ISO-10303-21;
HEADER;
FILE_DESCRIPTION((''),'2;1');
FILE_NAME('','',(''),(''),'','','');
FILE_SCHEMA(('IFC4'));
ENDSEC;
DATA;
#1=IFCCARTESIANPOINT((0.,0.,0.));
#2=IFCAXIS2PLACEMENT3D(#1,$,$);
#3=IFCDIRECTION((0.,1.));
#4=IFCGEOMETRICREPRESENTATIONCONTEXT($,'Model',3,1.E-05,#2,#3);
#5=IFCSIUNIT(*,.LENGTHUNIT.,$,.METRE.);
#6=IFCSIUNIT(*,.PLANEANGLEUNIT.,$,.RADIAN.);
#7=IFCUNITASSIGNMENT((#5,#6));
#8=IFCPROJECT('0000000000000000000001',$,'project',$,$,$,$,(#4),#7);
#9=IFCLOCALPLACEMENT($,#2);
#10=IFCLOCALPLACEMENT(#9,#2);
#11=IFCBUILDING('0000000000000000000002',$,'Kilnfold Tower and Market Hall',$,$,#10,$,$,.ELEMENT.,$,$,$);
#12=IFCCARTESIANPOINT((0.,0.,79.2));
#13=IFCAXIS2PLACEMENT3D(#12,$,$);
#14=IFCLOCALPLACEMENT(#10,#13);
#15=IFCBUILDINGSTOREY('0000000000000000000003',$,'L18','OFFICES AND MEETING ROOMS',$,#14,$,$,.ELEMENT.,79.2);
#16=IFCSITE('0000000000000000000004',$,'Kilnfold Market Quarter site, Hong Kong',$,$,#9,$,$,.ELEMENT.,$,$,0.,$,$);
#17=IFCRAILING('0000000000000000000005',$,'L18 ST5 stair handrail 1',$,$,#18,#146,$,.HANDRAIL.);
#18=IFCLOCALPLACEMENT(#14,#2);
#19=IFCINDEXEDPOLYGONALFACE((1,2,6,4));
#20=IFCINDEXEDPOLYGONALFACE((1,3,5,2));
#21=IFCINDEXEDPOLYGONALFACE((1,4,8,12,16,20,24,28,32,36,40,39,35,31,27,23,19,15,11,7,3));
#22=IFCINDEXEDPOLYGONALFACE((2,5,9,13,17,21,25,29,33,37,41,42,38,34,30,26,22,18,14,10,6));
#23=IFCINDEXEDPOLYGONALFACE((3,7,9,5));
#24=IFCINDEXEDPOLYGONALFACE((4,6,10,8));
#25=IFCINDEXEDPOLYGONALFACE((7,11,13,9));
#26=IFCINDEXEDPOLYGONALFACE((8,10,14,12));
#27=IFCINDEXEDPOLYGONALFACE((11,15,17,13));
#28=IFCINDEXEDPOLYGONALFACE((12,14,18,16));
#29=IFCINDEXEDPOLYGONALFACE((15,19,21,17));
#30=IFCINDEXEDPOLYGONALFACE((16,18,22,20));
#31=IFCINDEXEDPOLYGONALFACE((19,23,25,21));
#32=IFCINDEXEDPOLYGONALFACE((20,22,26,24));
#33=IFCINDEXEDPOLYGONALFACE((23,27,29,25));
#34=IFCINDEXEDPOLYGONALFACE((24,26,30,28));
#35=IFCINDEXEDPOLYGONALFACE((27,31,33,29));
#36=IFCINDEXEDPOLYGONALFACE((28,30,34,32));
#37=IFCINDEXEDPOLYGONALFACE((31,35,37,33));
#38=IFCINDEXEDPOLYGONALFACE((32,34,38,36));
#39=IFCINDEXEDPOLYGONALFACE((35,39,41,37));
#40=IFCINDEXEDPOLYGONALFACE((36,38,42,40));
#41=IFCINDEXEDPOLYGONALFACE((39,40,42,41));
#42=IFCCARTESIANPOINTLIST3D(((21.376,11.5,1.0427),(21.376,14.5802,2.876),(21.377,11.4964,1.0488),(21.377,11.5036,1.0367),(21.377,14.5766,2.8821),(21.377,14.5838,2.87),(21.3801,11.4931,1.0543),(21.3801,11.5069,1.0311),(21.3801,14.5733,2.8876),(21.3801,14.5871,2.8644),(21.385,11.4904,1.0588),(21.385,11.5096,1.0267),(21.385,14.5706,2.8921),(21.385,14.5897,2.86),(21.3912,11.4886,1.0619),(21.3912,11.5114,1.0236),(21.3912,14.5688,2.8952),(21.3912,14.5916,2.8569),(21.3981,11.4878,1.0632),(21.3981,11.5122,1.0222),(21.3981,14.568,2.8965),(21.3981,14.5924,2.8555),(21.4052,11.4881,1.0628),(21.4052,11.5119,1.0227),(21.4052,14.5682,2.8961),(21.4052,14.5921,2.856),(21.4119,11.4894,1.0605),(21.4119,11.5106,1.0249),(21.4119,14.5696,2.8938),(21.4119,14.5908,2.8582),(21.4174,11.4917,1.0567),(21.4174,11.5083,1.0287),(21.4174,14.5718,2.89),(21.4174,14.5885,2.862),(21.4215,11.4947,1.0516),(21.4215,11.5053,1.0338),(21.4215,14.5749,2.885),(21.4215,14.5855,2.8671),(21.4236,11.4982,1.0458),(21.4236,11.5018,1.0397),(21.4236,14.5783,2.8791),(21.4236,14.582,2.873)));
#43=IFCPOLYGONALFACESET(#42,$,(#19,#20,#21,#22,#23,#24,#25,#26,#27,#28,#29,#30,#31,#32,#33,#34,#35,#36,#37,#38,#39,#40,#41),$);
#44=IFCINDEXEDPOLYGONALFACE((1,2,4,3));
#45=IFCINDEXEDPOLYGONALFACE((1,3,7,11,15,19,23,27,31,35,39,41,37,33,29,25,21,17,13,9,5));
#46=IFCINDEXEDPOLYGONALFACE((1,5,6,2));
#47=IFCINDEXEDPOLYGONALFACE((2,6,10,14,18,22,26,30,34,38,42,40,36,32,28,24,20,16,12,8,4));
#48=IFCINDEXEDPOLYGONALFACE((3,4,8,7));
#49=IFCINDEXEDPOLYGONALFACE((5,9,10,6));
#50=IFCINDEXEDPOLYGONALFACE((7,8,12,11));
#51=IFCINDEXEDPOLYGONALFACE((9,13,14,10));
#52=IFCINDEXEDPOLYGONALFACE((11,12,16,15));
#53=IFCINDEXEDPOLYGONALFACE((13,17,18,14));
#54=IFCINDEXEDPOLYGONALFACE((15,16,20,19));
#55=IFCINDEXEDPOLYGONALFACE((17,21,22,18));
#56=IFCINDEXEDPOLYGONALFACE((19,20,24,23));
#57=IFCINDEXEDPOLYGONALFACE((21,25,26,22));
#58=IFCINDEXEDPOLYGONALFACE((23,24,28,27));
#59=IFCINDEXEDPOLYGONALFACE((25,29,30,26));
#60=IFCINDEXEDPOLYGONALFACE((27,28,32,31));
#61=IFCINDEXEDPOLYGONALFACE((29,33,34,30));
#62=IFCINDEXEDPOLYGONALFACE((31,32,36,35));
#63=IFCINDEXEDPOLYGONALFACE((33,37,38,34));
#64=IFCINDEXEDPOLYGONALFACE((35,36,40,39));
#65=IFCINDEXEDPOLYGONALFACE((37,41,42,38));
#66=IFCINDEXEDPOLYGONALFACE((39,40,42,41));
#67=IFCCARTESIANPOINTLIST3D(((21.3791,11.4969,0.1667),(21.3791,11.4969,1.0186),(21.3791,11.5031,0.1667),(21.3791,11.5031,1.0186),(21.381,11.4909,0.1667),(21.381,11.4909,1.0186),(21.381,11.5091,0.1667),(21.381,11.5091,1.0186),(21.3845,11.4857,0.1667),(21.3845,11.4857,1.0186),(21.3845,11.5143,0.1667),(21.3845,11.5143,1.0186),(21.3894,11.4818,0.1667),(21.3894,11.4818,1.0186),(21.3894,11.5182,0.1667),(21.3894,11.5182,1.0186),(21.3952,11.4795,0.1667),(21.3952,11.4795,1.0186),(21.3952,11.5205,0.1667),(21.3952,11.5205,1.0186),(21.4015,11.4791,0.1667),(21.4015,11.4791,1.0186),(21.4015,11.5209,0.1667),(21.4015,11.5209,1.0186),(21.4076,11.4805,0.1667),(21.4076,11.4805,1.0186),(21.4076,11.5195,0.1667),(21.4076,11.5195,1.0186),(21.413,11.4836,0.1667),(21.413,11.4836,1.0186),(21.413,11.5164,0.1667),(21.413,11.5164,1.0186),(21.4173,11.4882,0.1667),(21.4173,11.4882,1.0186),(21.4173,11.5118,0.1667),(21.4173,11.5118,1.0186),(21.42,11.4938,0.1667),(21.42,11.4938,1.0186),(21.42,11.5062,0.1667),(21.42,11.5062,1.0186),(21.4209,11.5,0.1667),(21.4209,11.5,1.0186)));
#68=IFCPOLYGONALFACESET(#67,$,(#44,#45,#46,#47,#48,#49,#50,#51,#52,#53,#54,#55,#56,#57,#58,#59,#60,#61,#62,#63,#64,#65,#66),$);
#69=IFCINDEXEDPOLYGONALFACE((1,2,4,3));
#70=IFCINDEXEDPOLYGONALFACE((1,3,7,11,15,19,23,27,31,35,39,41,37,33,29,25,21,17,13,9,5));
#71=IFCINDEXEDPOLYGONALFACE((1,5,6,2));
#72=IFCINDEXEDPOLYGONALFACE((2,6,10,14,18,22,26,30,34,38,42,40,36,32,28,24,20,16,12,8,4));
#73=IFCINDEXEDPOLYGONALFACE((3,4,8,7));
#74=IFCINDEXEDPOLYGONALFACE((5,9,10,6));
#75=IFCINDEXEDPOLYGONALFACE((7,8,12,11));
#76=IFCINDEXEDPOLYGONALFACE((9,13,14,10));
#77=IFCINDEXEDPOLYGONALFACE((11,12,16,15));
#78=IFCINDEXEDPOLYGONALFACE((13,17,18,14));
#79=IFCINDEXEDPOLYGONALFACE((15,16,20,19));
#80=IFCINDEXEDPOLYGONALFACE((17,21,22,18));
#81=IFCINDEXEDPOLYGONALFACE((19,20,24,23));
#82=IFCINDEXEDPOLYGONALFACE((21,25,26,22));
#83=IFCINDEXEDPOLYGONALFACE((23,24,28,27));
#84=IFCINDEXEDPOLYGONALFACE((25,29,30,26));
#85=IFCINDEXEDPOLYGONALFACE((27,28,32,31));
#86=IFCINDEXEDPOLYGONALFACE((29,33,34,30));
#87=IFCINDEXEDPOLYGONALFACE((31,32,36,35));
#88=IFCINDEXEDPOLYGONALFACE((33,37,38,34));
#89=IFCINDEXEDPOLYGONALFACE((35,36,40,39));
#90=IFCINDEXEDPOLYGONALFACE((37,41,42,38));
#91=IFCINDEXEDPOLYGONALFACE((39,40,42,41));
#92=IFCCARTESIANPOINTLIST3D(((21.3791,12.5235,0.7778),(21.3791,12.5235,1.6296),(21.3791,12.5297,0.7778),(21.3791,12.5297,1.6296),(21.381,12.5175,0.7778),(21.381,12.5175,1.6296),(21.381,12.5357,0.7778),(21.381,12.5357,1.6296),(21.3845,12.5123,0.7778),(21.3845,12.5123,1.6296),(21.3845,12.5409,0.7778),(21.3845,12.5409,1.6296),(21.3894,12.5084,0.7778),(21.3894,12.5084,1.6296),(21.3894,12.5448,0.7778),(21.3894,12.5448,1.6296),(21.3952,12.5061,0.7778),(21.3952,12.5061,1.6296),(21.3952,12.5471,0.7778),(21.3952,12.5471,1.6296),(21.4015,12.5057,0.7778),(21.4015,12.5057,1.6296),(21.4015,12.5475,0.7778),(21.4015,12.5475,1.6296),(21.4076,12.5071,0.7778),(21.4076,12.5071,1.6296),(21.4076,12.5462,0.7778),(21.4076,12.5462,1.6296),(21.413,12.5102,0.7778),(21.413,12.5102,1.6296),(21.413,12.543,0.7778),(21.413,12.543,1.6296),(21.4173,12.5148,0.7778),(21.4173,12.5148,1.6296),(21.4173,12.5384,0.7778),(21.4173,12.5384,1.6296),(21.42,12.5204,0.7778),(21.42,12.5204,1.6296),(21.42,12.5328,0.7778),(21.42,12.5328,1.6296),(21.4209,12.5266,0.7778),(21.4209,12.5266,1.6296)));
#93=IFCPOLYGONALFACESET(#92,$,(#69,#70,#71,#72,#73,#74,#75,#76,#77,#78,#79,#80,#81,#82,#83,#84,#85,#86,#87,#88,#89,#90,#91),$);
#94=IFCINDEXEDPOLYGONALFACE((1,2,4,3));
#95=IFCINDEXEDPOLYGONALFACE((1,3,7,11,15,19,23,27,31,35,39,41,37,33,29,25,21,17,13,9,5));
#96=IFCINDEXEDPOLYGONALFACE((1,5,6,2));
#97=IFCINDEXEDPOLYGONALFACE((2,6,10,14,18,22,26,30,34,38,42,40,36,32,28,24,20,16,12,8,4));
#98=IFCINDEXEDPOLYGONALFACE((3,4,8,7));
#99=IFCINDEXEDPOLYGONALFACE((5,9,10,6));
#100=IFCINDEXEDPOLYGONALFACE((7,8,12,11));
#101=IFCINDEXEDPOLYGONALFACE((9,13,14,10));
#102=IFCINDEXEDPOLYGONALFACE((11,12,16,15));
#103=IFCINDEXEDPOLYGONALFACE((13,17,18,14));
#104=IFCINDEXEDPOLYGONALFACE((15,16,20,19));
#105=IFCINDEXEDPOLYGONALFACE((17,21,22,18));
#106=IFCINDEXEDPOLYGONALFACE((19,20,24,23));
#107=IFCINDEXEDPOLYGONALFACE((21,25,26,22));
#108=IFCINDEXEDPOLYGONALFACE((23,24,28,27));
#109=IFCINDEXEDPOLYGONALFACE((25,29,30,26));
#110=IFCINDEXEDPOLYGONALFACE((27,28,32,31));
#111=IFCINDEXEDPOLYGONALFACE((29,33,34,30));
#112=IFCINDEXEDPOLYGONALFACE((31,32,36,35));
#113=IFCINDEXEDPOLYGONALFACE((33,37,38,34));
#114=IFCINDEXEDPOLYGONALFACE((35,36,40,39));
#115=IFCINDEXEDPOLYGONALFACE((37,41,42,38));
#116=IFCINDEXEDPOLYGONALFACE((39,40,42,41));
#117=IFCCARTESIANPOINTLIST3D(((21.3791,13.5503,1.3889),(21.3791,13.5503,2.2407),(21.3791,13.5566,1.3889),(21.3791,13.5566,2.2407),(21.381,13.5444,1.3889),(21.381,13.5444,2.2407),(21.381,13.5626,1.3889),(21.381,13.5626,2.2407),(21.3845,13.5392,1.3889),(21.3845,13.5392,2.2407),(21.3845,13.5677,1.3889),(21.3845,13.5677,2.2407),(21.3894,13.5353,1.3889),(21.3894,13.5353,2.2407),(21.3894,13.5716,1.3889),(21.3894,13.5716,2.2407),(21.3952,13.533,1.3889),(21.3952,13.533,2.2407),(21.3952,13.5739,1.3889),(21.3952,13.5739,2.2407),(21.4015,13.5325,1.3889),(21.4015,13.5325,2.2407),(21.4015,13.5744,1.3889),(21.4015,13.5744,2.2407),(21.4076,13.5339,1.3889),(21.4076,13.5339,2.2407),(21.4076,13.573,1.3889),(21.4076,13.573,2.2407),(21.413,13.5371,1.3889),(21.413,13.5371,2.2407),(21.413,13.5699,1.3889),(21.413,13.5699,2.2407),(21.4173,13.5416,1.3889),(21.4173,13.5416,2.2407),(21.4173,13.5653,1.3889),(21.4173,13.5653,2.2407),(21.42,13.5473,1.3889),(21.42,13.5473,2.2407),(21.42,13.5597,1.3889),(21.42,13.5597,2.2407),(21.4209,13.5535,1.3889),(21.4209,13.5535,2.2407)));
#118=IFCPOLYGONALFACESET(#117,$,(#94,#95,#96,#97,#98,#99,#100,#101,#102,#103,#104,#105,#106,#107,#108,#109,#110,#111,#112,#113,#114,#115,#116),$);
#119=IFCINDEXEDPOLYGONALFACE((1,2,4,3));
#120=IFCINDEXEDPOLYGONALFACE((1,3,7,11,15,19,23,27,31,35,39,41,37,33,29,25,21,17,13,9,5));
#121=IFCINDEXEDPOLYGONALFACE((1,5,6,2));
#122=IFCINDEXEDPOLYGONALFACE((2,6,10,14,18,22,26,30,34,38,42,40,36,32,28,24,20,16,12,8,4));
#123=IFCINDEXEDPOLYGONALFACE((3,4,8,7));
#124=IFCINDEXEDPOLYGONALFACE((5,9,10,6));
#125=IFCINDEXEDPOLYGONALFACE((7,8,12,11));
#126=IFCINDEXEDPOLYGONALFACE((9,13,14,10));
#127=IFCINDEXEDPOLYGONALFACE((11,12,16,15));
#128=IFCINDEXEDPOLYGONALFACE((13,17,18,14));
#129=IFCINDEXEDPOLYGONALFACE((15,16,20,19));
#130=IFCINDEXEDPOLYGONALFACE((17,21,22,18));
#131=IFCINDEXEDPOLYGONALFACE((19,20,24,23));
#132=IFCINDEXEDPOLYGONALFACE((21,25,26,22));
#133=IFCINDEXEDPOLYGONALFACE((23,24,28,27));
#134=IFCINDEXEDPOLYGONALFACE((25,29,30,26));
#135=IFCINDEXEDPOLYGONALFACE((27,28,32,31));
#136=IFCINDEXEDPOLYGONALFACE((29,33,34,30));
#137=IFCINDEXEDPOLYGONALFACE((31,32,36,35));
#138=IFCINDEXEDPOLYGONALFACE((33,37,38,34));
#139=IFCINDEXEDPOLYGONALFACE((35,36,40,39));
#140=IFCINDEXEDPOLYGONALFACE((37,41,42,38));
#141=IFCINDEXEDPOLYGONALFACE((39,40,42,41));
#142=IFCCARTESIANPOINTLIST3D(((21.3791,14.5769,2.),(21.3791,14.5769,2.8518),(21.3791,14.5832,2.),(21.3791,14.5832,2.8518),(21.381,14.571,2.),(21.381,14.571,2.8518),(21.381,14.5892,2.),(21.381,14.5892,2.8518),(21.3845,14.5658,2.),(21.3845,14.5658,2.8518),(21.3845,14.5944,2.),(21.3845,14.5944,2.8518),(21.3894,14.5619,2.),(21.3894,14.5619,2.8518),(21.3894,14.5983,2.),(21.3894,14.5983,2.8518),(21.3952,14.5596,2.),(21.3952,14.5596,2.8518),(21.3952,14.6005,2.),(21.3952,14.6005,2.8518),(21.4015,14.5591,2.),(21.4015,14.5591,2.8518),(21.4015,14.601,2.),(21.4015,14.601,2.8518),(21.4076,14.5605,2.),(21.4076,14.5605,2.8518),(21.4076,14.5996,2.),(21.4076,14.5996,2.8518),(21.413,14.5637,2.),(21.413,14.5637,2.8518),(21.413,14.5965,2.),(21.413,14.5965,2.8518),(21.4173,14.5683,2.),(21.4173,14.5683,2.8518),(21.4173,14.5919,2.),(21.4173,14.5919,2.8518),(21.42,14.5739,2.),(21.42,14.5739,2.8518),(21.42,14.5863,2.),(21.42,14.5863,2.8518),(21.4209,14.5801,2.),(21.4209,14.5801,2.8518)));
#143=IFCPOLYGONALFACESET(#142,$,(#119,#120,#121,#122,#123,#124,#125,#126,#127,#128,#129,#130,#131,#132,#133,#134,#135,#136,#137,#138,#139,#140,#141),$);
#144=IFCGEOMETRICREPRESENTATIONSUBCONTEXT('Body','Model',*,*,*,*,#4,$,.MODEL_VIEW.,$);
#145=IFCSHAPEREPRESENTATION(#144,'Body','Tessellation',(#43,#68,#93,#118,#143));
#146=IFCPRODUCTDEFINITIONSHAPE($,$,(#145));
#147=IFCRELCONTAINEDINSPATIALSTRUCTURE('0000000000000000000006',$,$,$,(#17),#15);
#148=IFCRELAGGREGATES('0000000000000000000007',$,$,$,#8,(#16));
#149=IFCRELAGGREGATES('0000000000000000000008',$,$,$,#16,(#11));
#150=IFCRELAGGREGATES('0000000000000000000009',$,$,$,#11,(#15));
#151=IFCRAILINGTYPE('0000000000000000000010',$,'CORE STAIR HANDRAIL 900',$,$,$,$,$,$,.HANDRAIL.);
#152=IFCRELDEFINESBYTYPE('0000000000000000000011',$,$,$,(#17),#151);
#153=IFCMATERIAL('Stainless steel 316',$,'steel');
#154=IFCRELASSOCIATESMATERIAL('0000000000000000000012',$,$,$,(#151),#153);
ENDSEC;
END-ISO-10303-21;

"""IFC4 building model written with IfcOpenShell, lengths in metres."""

from ifc_helpers import new_model, si_unit, direction, frame, origin, origin_2d, place, context, subcontext, project, spatial, circle, extrude, material, type_object, element, save


model = new_model("IFC4")

# Units and contexts
model_context = context("Model", 3, precision=1e-05, world=origin(), true_north=direction((0.0, 1.0)))
body_context = subcontext(model_context, "Body", "Model", "MODEL_VIEW")
ifc_project = project(units=[si_unit("LENGTHUNIT", "METRE"), si_unit("PLANEANGLEUNIT", "RADIAN")], contexts=[model_context])

# Site, building, storey
site_placement = place(None, origin())
site = spatial("IfcSite", under=ifc_project, at=site_placement, Name="Kilnfold Market Quarter site, Hong Kong", CompositionType="ELEMENT", RefElevation=0.0)
building_placement = place(site_placement, origin())
building = spatial("IfcBuilding", under=site, at=building_placement, Name="Kilnfold Tower and Market Hall", CompositionType="ELEMENT")
storey_placement = place(building_placement, frame((0.0, 0.0, 79.2)))
storey = spatial("IfcBuildingStorey", under=building, at=storey_placement, Name="L18", Description="OFFICES AND MEETING ROOMS", CompositionType="ELEMENT", Elevation=79.2)

# Railing
ifc_material_1 = material(Name="Stainless steel 316", Category="steel")
railing_type_1 = type_object("IfcRailingType", Name="CORE STAIR HANDRAIL 900", PredefinedType="HANDRAIL", material=ifc_material_1)
railing_1_placement = place(storey_placement, frame((21.3999, 11.5, 0.1667)))
element("IfcRailing", 1, at=railing_1_placement, inside=storey, type_object=railing_type_1, Name="L18 ST5 stair handrail 1", PredefinedType="HANDRAIL", context=body_context, shape_type="SweptSolid", body=[
    extrude(circle(Radius=0.0239, at=origin_2d()), frame((0.0, 0.0, 0.876), z_axis=(0.0, 0.859309, 0.511458), x_axis=(-1.0, 0.0, 0.0)), (0.0, 0.0, 1.0), 3.5845),
    extrude(circle(Radius=0.021, at=origin_2d()), origin(), (0.0, 0.0, 1.0), 0.8518),
    extrude(circle(Radius=0.021, at=origin_2d()), frame((0.0, 1.0266, 0.6111)), (0.0, 0.0, 1.0), 0.8518),
    extrude(circle(Radius=0.021, at=origin_2d()), frame((0.0, 2.0535, 1.2222)), (0.0, 0.0, 1.0), 0.8518),
    extrude(circle(Radius=0.021, at=origin_2d()), frame((0.0, 3.0801, 1.8333)), (0.0, 0.0, 1.0), 0.8518),
])

save(model, "model.ifc")
